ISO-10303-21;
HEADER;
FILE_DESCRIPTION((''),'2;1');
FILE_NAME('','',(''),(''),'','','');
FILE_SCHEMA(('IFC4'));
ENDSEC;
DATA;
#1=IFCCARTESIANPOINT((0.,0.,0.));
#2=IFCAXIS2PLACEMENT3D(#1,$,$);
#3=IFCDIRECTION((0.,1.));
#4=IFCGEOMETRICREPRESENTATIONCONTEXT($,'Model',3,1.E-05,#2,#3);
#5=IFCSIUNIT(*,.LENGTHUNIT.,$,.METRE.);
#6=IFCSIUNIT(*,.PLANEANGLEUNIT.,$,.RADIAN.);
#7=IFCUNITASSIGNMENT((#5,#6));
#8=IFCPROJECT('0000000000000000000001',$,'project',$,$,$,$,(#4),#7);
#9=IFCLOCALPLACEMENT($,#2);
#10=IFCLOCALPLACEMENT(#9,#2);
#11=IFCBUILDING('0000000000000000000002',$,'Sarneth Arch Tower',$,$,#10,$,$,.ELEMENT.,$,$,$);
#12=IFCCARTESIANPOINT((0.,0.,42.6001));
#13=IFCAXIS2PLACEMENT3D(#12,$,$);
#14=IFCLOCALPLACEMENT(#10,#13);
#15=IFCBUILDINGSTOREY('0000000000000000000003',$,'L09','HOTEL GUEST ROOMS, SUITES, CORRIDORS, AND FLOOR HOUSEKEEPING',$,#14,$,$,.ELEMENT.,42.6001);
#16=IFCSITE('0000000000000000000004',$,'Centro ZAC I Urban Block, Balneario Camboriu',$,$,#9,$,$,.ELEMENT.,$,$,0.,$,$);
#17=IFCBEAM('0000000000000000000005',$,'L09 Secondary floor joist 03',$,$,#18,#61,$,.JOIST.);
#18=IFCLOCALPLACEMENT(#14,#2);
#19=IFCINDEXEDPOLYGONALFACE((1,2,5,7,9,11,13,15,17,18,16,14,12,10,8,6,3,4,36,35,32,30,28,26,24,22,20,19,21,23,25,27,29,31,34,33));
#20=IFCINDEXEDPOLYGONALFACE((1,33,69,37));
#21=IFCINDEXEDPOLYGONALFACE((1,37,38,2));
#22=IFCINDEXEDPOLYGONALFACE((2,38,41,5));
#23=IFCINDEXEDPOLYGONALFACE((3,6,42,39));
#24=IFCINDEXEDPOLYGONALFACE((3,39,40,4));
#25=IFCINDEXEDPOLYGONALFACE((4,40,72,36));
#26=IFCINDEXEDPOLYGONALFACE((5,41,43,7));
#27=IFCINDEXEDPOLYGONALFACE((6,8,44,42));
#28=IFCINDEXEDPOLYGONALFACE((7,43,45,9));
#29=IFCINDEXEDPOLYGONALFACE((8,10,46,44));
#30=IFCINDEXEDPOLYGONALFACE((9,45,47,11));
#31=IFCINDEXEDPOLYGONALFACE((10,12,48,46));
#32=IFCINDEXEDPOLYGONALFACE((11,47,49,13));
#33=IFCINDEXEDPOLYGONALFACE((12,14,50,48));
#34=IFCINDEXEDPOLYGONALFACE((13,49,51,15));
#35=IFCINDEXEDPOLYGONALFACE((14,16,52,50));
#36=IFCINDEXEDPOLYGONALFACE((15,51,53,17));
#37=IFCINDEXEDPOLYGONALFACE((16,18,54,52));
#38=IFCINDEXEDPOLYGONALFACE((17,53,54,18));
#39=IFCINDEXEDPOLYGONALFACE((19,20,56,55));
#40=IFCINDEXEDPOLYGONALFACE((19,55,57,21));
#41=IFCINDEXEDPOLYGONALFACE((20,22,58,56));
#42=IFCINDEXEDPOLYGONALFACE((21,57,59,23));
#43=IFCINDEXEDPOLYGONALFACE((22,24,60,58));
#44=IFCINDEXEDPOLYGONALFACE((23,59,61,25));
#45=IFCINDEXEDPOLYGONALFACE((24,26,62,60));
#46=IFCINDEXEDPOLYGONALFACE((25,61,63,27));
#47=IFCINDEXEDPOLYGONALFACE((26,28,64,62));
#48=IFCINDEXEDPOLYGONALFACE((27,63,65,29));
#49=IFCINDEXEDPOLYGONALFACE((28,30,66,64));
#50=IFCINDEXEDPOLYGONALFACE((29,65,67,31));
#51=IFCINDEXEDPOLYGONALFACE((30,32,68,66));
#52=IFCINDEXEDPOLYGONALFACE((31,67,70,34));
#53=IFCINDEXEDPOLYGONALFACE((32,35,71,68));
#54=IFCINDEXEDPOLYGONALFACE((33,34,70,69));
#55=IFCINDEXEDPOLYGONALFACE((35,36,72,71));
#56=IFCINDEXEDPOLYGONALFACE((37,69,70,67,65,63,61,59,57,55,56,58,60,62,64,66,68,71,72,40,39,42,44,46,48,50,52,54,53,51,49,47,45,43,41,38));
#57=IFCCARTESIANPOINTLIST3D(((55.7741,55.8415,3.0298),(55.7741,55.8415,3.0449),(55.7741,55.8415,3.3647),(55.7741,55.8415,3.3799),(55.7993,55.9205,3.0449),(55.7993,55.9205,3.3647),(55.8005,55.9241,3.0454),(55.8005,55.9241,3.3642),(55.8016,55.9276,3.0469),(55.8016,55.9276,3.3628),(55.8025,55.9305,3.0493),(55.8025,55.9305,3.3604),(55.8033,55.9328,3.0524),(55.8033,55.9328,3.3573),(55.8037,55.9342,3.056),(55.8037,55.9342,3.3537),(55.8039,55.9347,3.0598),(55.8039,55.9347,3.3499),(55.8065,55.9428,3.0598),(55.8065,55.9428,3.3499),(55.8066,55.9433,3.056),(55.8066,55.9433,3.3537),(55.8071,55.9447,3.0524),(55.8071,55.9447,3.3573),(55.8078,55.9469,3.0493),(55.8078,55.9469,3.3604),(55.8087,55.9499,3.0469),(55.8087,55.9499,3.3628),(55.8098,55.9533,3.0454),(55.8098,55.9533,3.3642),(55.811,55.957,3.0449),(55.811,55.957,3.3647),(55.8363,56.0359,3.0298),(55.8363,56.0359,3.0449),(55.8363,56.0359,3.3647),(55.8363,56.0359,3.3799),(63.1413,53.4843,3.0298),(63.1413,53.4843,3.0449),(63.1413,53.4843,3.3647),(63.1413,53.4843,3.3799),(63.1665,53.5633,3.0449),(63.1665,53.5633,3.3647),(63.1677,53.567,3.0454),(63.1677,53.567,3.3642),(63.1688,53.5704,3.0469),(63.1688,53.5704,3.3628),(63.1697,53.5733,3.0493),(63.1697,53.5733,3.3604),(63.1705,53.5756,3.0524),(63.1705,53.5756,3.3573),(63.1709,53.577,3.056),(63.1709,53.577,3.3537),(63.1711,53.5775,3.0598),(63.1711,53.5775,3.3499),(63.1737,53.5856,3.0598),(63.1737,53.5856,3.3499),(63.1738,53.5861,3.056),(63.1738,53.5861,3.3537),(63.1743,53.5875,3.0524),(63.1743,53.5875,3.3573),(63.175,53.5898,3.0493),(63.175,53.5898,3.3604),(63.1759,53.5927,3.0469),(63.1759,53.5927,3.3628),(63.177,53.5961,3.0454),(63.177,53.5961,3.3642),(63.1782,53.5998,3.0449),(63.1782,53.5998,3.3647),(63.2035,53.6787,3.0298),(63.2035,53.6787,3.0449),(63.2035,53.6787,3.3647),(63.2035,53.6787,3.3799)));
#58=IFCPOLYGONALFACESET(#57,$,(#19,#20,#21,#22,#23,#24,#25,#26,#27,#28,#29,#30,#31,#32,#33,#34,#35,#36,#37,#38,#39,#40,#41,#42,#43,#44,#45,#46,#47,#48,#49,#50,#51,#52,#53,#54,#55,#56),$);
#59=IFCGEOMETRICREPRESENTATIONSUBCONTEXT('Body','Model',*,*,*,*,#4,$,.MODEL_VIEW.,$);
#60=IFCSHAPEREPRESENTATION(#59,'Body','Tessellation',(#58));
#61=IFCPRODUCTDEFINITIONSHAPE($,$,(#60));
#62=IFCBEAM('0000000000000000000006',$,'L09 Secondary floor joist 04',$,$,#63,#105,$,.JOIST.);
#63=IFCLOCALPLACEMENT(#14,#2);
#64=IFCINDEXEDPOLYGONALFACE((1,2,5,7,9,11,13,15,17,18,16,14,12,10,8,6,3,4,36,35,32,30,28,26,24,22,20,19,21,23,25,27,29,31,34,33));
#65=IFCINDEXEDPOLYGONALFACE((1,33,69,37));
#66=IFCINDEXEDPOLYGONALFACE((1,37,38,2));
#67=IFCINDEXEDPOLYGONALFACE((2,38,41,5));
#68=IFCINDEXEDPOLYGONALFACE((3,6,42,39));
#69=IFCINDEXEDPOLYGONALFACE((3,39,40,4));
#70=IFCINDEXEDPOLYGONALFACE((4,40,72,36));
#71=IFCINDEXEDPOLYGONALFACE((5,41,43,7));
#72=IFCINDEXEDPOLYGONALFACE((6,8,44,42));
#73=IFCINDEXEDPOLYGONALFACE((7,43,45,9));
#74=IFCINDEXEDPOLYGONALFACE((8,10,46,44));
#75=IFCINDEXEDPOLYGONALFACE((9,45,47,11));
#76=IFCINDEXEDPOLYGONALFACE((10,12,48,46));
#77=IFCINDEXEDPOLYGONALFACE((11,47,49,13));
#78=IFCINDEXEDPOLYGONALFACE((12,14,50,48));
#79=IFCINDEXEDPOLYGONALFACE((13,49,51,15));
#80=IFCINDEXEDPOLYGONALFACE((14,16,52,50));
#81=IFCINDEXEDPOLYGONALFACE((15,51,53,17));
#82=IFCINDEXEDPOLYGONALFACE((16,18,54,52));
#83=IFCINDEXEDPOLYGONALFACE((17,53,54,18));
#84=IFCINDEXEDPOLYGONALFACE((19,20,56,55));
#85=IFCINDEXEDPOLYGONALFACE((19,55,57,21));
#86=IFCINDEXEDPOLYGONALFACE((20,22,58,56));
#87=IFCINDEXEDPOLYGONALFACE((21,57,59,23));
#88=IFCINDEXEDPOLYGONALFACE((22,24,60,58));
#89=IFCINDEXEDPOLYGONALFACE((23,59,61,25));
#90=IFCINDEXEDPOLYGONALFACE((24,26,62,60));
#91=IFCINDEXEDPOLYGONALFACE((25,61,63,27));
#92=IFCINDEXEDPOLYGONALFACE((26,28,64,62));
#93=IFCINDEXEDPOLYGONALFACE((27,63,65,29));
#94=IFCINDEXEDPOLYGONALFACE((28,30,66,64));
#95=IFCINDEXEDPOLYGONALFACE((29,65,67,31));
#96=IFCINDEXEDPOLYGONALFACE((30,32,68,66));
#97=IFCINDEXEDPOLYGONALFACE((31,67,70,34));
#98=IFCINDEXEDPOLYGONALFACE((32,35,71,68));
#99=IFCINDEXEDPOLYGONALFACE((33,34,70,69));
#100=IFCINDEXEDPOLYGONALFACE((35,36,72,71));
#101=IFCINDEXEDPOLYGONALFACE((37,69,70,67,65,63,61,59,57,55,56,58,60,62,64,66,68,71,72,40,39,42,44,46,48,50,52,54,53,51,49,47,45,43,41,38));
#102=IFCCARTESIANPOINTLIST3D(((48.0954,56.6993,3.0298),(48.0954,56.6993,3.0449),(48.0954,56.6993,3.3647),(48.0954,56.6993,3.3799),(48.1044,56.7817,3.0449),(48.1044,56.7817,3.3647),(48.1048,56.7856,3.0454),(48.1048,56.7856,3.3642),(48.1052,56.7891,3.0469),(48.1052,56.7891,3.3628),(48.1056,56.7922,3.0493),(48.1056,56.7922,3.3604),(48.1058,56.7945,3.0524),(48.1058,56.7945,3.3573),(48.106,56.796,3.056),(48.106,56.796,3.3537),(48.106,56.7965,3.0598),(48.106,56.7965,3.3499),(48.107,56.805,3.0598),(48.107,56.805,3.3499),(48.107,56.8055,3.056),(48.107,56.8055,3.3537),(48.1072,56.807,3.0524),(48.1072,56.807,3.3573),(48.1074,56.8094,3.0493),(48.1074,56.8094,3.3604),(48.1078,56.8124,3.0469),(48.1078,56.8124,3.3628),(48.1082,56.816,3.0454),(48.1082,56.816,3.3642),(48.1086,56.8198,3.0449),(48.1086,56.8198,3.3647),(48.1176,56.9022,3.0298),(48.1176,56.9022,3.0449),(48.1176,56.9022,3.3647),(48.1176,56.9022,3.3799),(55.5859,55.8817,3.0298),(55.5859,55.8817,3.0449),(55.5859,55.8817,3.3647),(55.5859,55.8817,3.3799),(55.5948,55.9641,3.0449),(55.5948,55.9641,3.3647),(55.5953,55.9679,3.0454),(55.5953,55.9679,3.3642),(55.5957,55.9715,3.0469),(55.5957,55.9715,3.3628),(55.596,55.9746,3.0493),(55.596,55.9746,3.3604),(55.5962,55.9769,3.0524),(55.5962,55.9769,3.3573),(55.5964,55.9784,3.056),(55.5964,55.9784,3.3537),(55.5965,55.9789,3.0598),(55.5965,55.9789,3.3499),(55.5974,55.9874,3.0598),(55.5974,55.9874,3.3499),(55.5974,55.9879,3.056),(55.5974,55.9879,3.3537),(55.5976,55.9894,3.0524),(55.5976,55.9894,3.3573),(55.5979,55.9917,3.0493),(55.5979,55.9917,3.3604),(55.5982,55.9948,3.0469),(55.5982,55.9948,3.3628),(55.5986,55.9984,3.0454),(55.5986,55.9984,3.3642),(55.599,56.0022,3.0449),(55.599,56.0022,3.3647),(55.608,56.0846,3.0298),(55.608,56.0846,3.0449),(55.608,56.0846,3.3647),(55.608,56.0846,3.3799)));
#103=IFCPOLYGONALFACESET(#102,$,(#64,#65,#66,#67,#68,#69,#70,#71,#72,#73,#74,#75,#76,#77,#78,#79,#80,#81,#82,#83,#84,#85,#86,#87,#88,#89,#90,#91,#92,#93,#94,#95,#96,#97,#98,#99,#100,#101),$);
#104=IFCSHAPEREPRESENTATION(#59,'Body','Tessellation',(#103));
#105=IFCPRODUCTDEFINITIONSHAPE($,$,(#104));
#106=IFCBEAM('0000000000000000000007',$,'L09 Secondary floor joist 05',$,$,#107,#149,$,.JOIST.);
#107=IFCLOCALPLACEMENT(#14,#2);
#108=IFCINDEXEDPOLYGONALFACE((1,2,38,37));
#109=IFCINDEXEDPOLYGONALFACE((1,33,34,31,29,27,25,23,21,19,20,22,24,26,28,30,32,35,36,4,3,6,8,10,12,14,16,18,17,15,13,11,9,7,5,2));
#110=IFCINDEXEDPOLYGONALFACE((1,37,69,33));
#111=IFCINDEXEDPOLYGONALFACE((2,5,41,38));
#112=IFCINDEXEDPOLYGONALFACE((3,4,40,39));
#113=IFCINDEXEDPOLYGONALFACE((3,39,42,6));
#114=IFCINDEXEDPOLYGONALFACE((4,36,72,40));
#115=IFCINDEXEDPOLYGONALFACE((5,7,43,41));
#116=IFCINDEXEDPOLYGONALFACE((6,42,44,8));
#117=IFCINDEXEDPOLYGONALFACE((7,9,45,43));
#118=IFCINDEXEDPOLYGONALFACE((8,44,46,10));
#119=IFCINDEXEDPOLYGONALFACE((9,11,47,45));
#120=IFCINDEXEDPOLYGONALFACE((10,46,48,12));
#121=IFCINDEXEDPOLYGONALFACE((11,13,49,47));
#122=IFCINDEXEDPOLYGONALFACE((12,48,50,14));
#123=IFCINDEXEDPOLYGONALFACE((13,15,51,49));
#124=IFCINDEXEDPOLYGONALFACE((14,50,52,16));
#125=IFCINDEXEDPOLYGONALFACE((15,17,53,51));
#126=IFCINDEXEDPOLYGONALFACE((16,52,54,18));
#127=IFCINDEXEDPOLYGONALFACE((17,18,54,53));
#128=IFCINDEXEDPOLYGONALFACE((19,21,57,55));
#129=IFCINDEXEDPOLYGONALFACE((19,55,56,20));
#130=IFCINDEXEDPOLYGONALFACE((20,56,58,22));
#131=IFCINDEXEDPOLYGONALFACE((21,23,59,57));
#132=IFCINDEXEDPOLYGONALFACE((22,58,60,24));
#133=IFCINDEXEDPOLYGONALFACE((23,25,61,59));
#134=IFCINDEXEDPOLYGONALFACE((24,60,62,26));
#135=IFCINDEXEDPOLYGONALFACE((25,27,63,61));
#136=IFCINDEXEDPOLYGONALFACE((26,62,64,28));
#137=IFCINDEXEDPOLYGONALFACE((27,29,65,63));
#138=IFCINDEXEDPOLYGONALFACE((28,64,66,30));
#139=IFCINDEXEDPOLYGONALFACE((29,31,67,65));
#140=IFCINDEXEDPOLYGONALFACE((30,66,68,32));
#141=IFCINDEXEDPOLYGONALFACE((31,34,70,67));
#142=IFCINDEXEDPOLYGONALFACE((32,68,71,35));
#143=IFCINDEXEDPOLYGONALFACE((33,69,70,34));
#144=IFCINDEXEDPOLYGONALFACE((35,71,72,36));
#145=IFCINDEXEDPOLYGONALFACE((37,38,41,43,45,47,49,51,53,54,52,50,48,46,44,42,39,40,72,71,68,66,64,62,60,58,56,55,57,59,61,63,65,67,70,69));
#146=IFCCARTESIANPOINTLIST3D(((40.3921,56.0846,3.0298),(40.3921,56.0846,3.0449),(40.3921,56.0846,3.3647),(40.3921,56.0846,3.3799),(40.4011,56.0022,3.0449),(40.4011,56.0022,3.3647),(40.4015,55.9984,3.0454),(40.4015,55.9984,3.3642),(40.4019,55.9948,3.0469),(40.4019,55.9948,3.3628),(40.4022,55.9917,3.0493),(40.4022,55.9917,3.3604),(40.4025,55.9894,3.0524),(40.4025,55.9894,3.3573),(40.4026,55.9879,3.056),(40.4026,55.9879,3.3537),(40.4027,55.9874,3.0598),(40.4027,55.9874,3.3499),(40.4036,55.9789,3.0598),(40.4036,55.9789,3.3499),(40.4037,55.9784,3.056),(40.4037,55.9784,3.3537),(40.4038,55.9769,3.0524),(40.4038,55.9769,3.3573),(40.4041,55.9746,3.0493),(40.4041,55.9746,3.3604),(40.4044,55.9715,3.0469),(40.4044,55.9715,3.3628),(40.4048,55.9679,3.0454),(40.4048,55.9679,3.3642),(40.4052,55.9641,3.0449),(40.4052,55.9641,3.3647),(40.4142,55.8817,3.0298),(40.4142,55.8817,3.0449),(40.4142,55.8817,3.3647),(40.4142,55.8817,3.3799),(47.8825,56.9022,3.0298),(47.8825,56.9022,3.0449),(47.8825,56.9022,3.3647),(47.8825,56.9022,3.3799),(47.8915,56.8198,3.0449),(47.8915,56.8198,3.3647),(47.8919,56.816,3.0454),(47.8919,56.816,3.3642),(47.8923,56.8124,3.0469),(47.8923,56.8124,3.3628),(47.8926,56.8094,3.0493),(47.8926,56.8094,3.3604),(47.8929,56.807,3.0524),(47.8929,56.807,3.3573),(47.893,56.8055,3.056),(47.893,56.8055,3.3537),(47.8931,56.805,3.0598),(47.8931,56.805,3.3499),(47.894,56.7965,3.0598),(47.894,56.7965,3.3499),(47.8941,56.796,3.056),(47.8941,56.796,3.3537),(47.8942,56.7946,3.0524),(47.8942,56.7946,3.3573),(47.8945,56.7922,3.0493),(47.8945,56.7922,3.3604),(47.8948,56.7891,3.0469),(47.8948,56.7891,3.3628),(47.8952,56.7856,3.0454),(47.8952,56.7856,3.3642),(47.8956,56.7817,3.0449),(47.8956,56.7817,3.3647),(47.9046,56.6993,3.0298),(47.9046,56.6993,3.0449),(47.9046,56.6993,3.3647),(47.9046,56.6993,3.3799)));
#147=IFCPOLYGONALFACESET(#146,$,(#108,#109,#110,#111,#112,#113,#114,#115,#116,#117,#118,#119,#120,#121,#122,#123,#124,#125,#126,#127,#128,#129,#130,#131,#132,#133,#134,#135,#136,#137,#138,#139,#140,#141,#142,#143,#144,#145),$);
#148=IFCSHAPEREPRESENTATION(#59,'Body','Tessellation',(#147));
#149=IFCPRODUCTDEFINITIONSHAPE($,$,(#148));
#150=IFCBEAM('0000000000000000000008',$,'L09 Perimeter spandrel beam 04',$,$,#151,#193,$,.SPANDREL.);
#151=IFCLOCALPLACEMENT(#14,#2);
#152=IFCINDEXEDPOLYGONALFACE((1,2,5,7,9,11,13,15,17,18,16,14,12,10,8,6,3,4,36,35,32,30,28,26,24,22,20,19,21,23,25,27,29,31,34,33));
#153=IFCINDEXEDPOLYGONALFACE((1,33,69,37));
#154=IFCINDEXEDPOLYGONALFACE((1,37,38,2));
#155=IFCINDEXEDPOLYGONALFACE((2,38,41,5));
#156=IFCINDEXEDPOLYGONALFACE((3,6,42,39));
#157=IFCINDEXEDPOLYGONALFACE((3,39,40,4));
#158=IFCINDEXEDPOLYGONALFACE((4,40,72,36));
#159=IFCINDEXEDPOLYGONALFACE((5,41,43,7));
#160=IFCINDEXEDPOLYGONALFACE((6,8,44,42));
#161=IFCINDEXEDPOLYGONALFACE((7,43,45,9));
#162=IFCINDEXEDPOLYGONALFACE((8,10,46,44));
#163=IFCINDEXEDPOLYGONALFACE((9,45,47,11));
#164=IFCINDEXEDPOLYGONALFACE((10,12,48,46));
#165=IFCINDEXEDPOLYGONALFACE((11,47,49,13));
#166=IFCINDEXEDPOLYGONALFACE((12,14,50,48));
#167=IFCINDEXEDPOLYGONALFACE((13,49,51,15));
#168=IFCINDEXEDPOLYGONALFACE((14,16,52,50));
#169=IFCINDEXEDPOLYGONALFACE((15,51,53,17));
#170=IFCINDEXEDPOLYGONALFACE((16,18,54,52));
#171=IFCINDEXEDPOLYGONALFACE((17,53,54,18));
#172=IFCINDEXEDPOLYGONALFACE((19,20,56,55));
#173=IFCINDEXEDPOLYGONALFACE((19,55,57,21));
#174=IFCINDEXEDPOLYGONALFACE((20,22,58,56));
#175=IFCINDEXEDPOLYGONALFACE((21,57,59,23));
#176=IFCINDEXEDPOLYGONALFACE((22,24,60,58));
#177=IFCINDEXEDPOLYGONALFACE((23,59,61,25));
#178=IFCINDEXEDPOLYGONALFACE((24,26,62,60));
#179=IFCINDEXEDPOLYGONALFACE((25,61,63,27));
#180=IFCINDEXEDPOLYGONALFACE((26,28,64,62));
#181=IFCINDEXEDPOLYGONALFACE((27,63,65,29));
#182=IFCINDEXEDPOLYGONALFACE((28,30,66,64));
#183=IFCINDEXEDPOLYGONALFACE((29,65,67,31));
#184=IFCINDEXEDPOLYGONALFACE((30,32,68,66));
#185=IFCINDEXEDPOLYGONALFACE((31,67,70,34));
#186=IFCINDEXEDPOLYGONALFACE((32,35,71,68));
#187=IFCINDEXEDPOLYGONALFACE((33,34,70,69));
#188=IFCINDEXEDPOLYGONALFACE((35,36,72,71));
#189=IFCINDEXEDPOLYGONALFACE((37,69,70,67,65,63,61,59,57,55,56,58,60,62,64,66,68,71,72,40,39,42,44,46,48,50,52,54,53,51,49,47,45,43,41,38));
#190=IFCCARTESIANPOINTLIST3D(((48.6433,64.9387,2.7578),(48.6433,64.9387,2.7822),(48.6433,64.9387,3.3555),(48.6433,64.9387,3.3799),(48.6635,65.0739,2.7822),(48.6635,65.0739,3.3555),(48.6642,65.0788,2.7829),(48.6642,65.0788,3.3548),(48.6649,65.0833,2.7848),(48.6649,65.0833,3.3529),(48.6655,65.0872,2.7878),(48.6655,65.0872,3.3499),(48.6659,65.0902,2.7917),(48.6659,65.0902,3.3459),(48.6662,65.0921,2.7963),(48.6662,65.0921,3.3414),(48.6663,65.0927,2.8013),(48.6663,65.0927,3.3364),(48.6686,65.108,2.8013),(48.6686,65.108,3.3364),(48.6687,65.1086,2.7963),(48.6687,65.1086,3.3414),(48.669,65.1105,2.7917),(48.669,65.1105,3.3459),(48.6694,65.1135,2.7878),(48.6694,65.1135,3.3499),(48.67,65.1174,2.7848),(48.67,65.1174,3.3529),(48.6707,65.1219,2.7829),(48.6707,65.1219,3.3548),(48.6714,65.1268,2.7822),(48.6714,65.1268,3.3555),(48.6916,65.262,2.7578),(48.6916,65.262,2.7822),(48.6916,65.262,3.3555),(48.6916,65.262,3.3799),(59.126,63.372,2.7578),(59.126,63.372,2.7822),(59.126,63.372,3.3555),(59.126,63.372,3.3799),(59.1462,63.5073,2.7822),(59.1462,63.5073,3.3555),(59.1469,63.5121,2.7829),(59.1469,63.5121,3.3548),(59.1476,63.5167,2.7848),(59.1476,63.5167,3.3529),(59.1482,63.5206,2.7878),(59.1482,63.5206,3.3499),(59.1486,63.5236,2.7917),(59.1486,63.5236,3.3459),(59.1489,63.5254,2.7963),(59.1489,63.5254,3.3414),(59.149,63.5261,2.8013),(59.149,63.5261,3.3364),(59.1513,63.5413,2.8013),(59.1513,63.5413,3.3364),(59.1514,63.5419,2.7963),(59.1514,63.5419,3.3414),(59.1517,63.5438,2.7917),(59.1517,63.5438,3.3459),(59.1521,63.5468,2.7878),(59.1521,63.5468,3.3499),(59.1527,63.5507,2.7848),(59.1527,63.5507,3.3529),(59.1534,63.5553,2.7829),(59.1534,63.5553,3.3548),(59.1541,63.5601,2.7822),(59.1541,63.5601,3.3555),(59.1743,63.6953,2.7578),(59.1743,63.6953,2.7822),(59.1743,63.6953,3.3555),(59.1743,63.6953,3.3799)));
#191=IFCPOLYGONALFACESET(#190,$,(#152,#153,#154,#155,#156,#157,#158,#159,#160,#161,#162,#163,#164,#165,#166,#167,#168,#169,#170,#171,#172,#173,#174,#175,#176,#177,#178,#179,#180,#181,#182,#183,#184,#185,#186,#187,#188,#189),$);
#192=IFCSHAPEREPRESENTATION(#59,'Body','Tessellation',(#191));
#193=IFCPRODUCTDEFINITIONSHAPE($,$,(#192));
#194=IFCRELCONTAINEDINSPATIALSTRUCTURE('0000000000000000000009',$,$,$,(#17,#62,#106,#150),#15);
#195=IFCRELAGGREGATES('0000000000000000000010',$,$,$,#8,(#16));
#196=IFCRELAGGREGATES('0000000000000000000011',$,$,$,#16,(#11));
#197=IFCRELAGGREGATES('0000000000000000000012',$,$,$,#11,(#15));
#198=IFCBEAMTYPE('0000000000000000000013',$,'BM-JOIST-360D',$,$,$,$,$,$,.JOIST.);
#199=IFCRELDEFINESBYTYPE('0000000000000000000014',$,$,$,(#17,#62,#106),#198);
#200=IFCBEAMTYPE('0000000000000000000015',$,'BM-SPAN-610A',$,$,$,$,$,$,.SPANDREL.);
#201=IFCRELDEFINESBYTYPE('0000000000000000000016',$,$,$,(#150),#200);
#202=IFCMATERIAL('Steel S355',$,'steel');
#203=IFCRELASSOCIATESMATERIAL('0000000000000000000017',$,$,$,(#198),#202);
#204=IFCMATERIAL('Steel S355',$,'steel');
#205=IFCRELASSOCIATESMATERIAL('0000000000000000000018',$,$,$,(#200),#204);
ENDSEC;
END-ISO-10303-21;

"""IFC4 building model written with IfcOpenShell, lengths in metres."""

from ifc_helpers import new_model, si_unit, direction, frame, origin, origin_2d, place, context, subcontext, project, spatial, i_section, extrude, material, material_profile, profile_set, type_object, element, save


model = new_model("IFC4")

# Units and contexts
model_context = context("Model", 3, precision=1e-05, world=origin(), true_north=direction((0.0, 1.0)))
body_context = subcontext(model_context, "Body", "Model", "MODEL_VIEW")
ifc_project = project(units=[si_unit("LENGTHUNIT", "METRE"), si_unit("PLANEANGLEUNIT", "RADIAN")], contexts=[model_context])

# Site, building, storey
site_placement = place(None, origin())
site = spatial("IfcSite", under=ifc_project, at=site_placement, Name="Centro ZAC I Urban Block, Balneario Camboriu", CompositionType="ELEMENT", RefElevation=0.0)
building_placement = place(site_placement, origin())
building = spatial("IfcBuilding", under=site, at=building_placement, Name="Sarneth Arch Tower", CompositionType="ELEMENT")
storey_placement = place(building_placement, frame((0.0, 0.0, 42.6001)))
storey = spatial("IfcBuildingStorey", under=building, at=storey_placement, Name="L09", Description="HOTEL GUEST ROOMS, SUITES, CORRIDORS, AND FLOOR HOUSEKEEPING", CompositionType="ELEMENT", Elevation=42.6001)

# Beams
ifc_material_1 = material(Name="Steel S355", Category="steel")
ifc_material_profile_1 = material_profile(ifc_material_1, i_section(OverallWidth=0.2041, OverallDepth=0.3501, WebThickness=0.0085, FlangeThickness=0.0151, FilletRadius=0.0149, at=origin_2d()), Name="W360x72")
ifc_profile_set_1 = profile_set([ifc_material_profile_1], Name="Steel S355")
beam_type_1 = type_object("IfcBeamType", Name="BM-JOIST-360D", PredefinedType="JOIST", material=ifc_profile_set_1)
beam_1_placement = place(storey_placement, frame((63.1724, 53.5815, 3.2048), z_axis=(-0.952436, 0.304738, 0.0), x_axis=(-0.304738, -0.952436, 0.0)))
element("IfcBeam", 1, at=beam_1_placement, inside=storey, type_object=beam_type_1, Name="L09 Secondary floor joist 03", PredefinedType="JOIST", context=body_context, shape_type="SweptSolid", body=[
    extrude(i_section(OverallWidth=0.2041, OverallDepth=0.3501, WebThickness=0.0085, FlangeThickness=0.0151, FilletRadius=0.0149, at=origin_2d()), origin(), (0.0, 0.0, 1.0), 7.7351),
])
for number, where, z_axis, x_axis, name in (
    (2, (55.5969, 55.9832, 3.2048), (-0.994095, 0.108511, 0.0), (-0.108511, -0.994095, 0.0), "L09 Secondary floor joist 04"),
    (3, (47.8936, 56.8008, 3.2048), (-0.994095, -0.108511, 0.0), (0.108511, -0.994095, 0.0), "L09 Secondary floor joist 05"),
):
    element("IfcBeam", number, at=place(storey_placement, frame(where, z_axis=z_axis, x_axis=x_axis)), inside=storey, type_object=beam_type_1, Name=name, PredefinedType="JOIST", context=body_context, shape_type="SweptSolid", body=[
        extrude(i_section(OverallWidth=0.2041, OverallDepth=0.3501, WebThickness=0.0085, FlangeThickness=0.0151, FilletRadius=0.0149, at=origin_2d()), origin(), (0.0, 0.0, 1.0), 7.5349),
    ])
ifc_material_2 = material(Name="Steel S355", Category="steel")
ifc_material_profile_2 = material_profile(ifc_material_2, i_section(OverallWidth=0.3269, OverallDepth=0.6221, WebThickness=0.0154, FlangeThickness=0.0244, FilletRadius=0.019, at=origin_2d()), Name="W610x195")
ifc_profile_set_2 = profile_set([ifc_material_profile_2], Name="Steel S355")
beam_type_2 = type_object("IfcBeamType", Name="BM-SPAN-610A", PredefinedType="SPANDREL", material=ifc_profile_set_2)
beam_2_placement = place(storey_placement, frame((59.1501, 63.5337, 3.0688), z_axis=(-0.989016, 0.14781, 0.0), x_axis=(-0.14781, -0.989016, 0.0)))
element("IfcBeam", 4, at=beam_2_placement, inside=storey, type_object=beam_type_2, Name="L09 Perimeter spandrel beam 04", PredefinedType="SPANDREL", context=body_context, shape_type="SweptSolid", body=[
    extrude(i_section(OverallWidth=0.3269, OverallDepth=0.6221, WebThickness=0.0154, FlangeThickness=0.0244, FilletRadius=0.019, at=origin_2d()), origin(), (0.0, 0.0, 1.0), 10.5991),
])

save(model, "model.ifc")
